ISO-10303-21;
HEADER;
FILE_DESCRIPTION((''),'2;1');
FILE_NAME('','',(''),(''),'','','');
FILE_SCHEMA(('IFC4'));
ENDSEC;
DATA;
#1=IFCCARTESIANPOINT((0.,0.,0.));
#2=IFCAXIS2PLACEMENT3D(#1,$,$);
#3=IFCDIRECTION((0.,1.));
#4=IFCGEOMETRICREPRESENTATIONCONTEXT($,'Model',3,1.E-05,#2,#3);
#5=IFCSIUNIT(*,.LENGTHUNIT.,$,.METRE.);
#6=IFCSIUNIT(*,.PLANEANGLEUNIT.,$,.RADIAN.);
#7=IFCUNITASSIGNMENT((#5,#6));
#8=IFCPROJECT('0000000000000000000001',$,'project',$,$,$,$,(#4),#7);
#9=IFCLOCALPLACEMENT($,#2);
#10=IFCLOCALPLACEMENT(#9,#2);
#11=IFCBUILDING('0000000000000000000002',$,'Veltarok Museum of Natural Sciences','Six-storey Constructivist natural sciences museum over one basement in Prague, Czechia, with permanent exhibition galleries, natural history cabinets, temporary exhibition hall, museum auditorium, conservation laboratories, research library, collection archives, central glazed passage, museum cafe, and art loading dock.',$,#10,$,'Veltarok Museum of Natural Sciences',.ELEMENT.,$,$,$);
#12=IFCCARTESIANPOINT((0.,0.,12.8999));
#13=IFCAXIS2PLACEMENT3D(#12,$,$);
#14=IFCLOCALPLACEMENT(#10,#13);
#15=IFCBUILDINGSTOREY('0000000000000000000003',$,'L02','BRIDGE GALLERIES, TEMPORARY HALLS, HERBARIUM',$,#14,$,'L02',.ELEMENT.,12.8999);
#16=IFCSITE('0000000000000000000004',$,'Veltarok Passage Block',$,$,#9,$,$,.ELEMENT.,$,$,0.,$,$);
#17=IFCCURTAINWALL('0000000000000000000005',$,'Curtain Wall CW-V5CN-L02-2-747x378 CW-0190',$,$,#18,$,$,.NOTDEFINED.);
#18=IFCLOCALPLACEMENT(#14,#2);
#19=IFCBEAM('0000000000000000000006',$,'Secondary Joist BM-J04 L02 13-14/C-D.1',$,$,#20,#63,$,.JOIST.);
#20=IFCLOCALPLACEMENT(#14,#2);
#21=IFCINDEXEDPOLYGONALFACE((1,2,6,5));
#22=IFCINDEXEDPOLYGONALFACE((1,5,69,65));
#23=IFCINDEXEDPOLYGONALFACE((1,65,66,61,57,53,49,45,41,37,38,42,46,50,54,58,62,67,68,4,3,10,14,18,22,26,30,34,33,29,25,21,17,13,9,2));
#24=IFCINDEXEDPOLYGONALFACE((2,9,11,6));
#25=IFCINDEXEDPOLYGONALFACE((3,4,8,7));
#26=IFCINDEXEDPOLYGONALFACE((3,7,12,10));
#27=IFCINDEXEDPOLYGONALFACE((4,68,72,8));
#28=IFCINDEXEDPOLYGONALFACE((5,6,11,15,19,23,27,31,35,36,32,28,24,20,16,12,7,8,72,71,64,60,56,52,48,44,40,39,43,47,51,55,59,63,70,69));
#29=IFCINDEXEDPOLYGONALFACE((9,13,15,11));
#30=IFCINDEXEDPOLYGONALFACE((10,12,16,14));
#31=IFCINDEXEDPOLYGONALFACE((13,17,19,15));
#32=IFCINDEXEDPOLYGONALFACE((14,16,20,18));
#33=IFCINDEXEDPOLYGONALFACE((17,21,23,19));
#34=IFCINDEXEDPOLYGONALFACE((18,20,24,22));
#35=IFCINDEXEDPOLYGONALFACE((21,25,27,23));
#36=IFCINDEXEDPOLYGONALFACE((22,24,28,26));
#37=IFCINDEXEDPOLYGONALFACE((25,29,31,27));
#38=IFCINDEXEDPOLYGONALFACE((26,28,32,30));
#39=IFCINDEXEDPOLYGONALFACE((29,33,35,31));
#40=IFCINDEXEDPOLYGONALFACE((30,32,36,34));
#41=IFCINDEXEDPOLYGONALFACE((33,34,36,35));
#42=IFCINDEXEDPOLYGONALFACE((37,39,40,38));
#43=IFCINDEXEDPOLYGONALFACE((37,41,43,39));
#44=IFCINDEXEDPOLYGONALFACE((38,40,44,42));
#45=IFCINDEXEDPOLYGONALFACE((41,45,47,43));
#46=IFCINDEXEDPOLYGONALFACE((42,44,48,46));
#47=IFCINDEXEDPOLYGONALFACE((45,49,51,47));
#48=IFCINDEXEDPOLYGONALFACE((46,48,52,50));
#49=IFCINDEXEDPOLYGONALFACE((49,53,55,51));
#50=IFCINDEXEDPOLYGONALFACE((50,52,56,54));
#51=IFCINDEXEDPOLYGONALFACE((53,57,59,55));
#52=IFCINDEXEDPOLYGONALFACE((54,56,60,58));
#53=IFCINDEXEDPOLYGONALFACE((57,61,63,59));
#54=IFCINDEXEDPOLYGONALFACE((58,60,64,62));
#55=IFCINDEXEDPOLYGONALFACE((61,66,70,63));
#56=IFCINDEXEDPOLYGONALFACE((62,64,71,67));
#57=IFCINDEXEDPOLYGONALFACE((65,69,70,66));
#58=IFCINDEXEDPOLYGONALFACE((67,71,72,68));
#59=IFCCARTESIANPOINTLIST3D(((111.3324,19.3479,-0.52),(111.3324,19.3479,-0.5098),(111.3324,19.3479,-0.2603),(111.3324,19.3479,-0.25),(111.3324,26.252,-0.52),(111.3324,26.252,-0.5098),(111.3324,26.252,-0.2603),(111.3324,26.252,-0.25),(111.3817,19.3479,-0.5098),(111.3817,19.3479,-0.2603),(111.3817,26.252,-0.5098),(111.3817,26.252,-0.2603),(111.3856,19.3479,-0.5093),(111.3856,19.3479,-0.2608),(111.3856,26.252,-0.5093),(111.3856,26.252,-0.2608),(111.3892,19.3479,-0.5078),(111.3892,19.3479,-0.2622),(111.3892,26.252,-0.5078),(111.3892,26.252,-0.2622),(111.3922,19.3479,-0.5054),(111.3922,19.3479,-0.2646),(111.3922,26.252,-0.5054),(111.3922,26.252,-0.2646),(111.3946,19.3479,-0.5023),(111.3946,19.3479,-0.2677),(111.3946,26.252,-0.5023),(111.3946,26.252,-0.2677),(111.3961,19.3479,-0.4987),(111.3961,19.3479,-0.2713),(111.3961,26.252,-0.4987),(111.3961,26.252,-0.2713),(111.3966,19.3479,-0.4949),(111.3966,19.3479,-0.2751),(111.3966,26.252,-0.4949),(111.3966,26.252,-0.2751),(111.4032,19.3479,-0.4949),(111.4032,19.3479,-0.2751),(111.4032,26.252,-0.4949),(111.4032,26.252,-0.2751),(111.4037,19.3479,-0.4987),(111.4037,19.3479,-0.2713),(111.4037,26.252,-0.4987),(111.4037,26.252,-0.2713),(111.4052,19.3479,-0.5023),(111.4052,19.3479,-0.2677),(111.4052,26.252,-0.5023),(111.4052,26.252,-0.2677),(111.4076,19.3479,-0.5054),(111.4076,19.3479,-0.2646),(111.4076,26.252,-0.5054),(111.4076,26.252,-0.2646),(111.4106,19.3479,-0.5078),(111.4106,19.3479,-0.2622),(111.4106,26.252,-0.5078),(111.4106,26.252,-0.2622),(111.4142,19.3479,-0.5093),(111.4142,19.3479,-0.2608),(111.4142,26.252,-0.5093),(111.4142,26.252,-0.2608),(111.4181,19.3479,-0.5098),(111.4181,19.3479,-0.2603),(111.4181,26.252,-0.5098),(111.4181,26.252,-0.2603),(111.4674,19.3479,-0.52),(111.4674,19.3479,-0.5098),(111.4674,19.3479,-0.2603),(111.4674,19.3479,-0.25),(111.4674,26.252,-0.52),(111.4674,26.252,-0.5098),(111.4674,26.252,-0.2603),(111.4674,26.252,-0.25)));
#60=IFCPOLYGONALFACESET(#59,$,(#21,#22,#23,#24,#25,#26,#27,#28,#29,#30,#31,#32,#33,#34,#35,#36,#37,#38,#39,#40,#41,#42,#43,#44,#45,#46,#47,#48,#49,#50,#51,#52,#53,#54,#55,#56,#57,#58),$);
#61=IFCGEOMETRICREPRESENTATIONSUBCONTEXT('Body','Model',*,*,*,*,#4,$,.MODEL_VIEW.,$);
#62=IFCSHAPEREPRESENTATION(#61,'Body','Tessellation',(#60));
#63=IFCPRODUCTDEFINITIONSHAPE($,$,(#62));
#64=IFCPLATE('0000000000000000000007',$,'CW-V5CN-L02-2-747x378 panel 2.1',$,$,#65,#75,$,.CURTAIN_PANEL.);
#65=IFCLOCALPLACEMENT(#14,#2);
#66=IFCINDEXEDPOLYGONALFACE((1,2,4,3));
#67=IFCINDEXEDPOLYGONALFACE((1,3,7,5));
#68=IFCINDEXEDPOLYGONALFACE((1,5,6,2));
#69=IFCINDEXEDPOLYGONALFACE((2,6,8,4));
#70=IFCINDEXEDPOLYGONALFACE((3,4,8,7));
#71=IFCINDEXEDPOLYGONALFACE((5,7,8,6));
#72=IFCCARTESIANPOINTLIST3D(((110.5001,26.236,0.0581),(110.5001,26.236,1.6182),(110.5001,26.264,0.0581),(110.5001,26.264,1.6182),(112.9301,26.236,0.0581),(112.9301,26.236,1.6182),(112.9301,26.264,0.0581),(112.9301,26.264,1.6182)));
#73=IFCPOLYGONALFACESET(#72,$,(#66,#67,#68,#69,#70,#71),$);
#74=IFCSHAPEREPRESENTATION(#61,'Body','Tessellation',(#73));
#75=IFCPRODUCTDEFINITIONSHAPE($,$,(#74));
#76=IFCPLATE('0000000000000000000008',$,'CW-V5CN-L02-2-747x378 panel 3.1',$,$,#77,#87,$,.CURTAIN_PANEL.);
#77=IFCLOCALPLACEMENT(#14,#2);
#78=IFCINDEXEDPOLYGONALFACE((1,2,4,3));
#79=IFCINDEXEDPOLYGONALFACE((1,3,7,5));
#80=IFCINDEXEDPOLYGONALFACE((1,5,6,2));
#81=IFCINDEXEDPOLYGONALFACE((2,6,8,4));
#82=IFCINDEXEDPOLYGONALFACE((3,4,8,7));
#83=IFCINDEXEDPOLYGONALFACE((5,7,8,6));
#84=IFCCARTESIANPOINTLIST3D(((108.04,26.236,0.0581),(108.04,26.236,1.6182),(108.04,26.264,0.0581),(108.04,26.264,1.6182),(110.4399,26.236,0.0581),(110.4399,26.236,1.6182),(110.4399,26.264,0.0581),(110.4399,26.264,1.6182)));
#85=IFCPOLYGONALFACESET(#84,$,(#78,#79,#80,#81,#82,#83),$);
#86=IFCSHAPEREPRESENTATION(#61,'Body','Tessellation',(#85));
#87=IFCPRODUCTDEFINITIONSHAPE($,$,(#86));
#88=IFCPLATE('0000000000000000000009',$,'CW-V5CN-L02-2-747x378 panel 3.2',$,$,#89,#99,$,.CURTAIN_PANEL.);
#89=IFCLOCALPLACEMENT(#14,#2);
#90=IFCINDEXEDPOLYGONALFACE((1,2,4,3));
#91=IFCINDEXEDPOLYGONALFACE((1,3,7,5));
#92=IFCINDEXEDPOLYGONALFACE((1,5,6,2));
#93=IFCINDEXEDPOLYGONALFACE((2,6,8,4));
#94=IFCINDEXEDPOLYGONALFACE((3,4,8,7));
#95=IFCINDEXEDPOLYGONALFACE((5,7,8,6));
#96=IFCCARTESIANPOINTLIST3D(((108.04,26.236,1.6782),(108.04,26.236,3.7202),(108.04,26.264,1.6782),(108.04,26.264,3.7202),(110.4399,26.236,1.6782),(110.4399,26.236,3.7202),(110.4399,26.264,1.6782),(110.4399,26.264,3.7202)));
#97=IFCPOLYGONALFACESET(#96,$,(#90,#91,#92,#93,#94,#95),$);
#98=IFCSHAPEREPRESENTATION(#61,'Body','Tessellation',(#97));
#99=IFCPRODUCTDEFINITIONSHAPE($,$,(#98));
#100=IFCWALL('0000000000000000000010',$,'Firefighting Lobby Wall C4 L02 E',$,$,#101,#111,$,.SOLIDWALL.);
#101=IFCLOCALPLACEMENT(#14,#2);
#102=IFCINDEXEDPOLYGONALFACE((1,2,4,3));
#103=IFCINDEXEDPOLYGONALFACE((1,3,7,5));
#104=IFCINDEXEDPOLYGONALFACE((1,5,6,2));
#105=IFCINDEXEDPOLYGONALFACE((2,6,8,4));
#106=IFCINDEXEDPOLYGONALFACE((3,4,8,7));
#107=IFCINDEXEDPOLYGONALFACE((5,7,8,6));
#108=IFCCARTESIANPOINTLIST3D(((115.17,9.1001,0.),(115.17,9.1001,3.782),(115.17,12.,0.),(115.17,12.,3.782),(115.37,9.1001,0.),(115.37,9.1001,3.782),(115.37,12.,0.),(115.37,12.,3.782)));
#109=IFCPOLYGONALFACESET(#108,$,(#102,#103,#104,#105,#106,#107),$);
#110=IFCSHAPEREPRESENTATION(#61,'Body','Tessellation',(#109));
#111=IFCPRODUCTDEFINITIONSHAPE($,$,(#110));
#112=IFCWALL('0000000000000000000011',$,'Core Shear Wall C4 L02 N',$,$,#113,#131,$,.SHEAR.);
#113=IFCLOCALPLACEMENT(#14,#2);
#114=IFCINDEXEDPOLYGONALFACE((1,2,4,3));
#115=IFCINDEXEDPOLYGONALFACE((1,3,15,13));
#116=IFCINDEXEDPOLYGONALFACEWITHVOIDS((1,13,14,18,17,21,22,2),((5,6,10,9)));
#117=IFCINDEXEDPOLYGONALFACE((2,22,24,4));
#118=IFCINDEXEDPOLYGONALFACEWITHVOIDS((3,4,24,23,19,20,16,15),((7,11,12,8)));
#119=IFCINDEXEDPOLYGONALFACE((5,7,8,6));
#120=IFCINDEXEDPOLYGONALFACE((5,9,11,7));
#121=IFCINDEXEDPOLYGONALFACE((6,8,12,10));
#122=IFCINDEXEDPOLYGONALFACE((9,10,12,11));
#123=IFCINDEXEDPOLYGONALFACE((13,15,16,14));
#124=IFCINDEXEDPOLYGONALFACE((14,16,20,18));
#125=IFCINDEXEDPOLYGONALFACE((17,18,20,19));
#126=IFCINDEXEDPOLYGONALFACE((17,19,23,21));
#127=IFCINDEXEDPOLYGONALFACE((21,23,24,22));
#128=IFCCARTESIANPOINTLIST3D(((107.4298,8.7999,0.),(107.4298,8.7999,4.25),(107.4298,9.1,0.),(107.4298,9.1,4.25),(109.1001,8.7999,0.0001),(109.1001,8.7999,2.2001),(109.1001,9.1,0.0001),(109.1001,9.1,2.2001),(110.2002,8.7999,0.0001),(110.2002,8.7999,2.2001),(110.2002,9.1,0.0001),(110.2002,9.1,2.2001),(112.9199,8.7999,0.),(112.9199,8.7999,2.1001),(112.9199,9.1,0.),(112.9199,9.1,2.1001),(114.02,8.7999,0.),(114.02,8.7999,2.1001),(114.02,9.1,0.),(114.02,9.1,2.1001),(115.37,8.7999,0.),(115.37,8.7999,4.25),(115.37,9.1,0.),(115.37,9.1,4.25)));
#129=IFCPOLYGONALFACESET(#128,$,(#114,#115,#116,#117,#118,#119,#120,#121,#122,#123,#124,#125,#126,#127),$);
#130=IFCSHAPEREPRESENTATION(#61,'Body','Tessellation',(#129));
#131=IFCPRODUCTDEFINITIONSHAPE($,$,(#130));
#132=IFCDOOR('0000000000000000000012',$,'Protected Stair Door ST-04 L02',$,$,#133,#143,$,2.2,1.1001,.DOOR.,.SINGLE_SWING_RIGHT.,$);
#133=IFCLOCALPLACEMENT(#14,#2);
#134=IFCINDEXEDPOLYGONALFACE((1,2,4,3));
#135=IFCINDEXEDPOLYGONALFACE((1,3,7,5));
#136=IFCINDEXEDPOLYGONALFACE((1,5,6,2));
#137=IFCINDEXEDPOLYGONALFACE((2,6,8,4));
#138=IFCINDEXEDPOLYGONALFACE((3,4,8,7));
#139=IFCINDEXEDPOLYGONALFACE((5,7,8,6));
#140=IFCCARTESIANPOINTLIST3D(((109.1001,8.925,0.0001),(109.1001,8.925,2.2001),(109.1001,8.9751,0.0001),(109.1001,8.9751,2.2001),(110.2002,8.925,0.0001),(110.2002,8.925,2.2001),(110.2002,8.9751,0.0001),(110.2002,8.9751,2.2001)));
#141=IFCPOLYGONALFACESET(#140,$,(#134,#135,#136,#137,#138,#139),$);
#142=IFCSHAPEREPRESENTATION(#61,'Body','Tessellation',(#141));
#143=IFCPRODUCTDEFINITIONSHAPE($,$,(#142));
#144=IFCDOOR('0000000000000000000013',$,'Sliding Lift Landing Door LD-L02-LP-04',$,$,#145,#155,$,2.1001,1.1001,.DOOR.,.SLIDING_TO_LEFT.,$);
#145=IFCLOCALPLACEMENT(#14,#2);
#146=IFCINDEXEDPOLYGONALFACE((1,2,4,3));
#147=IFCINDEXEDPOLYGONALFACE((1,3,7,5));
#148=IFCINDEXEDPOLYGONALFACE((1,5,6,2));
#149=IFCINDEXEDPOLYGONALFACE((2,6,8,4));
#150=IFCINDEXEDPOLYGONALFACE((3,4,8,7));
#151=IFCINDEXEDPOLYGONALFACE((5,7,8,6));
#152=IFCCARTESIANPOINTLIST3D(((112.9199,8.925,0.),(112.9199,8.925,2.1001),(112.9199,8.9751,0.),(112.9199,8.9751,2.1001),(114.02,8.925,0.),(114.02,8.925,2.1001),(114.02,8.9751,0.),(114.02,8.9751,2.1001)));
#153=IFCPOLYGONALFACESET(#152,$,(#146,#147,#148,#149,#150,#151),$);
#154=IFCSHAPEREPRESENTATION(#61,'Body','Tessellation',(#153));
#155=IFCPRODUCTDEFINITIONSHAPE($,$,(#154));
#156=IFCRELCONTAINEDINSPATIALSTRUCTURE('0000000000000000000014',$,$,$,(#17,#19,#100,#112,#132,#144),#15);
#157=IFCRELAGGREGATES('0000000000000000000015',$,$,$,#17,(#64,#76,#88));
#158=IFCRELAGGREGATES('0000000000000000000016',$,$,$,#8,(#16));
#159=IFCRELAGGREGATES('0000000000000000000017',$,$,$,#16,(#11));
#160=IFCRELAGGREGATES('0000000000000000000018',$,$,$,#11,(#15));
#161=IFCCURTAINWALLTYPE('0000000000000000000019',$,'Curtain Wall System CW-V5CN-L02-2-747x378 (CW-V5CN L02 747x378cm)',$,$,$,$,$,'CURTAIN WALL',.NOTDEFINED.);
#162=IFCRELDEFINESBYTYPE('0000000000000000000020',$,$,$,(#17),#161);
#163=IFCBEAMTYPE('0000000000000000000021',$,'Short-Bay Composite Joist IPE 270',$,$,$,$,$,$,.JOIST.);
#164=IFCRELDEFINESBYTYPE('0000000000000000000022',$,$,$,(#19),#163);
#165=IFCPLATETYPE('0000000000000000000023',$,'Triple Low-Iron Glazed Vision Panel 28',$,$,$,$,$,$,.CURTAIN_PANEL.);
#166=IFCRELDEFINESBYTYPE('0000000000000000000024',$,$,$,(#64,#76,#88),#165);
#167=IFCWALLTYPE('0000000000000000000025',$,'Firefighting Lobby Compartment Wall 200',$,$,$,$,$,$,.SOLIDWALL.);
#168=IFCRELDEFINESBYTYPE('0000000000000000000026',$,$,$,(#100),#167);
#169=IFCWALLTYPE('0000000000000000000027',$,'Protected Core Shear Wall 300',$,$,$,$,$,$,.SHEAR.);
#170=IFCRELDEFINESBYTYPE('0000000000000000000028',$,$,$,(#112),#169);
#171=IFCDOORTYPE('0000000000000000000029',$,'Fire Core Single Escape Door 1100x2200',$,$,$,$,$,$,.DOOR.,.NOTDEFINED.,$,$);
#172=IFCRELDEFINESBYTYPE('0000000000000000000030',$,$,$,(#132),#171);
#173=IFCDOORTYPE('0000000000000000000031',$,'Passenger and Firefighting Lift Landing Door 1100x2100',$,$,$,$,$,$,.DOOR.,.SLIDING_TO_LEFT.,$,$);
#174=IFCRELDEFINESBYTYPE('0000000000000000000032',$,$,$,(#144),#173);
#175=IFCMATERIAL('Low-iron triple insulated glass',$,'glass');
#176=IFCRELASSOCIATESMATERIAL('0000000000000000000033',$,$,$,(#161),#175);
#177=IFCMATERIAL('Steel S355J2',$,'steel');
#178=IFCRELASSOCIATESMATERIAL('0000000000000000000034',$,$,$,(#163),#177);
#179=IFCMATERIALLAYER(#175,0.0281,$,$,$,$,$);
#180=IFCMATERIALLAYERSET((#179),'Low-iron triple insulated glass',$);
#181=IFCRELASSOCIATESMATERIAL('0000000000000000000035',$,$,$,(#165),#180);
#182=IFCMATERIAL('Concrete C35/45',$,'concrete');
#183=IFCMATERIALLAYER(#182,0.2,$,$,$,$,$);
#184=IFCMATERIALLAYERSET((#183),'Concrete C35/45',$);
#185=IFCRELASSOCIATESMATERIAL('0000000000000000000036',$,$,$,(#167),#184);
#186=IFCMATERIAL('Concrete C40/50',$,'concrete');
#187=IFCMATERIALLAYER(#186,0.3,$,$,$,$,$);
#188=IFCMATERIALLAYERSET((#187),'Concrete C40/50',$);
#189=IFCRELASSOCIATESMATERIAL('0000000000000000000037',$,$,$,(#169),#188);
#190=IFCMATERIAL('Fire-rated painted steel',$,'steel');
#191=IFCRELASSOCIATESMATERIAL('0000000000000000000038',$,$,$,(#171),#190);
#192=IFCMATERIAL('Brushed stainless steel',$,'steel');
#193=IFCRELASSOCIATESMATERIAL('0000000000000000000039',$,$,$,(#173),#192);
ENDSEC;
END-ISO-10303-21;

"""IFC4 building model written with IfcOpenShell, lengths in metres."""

from ifc_helpers import new_model, si_unit, direction, frame, frame_2d, origin, origin_2d, place, context, subcontext, project, spatial, rectangle, i_section, extrude, material, layer, layer_set, material_profile, profile_set, type_object, element, fill, aggregate, save


model = new_model("IFC4")

# Units and contexts
model_context = context("Model", 3, precision=1e-05, world=origin(), true_north=direction((0.0, 1.0)))
body_context = subcontext(model_context, "Body", "Model", "MODEL_VIEW")
ifc_project = project(units=[si_unit("LENGTHUNIT", "METRE"), si_unit("PLANEANGLEUNIT", "RADIAN")], contexts=[model_context])

# Site, building, storey
site_placement = place(None, origin())
site = spatial("IfcSite", under=ifc_project, at=site_placement, Name="Veltarok Passage Block", CompositionType="ELEMENT", RefElevation=0.0)
building_placement = place(site_placement, origin())
building = spatial("IfcBuilding", under=site, at=building_placement, Name="Veltarok Museum of Natural Sciences", Description="Six-storey Constructivist natural sciences museum over one basement in Prague, Czechia, with permanent exhibition galleries, natural history cabinets, temporary exhibition hall, museum auditorium, conservation laboratories, research library, collection archives, central glazed passage, museum cafe, and art loading dock.", LongName="Veltarok Museum of Natural Sciences", CompositionType="ELEMENT")
storey_placement = place(building_placement, frame((0.0, 0.0, 12.8999)))
storey = spatial("IfcBuildingStorey", under=building, at=storey_placement, Name="L02", Description="BRIDGE GALLERIES, TEMPORARY HALLS, HERBARIUM", LongName="L02", CompositionType="ELEMENT", Elevation=12.8999)

# Shared definitions
ifc_material_1 = material(Name="Concrete C40/50", Category="concrete")

# Shared definitions
ifc_material_2 = material(Name="Steel S355J2", Category="steel")

# Curtain wall
ifc_material_3 = material(Name="Low-iron triple insulated glass", Category="glass")
curtain_wall_type = type_object("IfcCurtainWallType", Name="Curtain Wall System CW-V5CN-L02-2-747x378 (CW-V5CN L02 747x378cm)", ElementType="CURTAIN WALL", PredefinedType="NOTDEFINED", material=ifc_material_3)
curtain_wall_placement = place(storey_placement, origin())
curtain_wall = element("IfcCurtainWall", 1, at=curtain_wall_placement, inside=storey, type_object=curtain_wall_type, Name="Curtain Wall CW-V5CN-L02-2-747x378 CW-0190", PredefinedType="NOTDEFINED")

# Beam
ifc_material_profile_1 = material_profile(ifc_material_2, i_section(OverallWidth=0.135, OverallDepth=0.27, WebThickness=0.0066, FlangeThickness=0.0103, FilletRadius=0.0149, at=origin_2d()), Name="IPE 270")
ifc_profile_set_1 = profile_set([ifc_material_profile_1], Name="Steel S355J2")
beam_type_1 = type_object("IfcBeamType", Name="Short-Bay Composite Joist IPE 270", PredefinedType="JOIST", material=ifc_profile_set_1)
beam_1_placement = place(storey_placement, frame((111.3999, 19.3479, -0.385), z_axis=(0.0, 1.0, 0.0), x_axis=(-1.0, 0.0, 0.0)))
element("IfcBeam", 2, at=beam_1_placement, inside=storey, type_object=beam_type_1, Name="Secondary Joist BM-J04 L02 13-14/C-D.1", PredefinedType="JOIST", context=body_context, shape_type="SweptSolid", body=[
    extrude(i_section(OverallWidth=0.135, OverallDepth=0.27, WebThickness=0.0066, FlangeThickness=0.0103, FilletRadius=0.0149, at=origin_2d()), origin(), (0.0, 0.0, 1.0), 6.9041),
])

# Plates
ifc_layer_1 = layer(ifc_material_3, 0.0281)
ifc_layer_set_1 = layer_set([ifc_layer_1], Name="Low-iron triple insulated glass")
plate_type = type_object("IfcPlateType", Name="Triple Low-Iron Glazed Vision Panel 28", PredefinedType="CURTAIN_PANEL", material=ifc_layer_set_1)
plate_1_placement = place(storey_placement, frame((111.7151, 26.25, 0.0581), z_axis=(0.0, 0.0, 1.0), x_axis=(-1.0, 0.0, 0.0)))
plate_1 = element("IfcPlate", 3, at=plate_1_placement, type_object=plate_type, Name="CW-V5CN-L02-2-747x378 panel 2.1", PredefinedType="CURTAIN_PANEL", context=body_context, shape_type="SweptSolid", body=[
    extrude(rectangle(XDim=2.4299, YDim=0.0281, at=origin_2d()), origin(), (0.0, 0.0, 1.0), 1.5601),
])
plate_2_placement = place(storey_placement, frame((109.24, 26.25, 0.0581), z_axis=(0.0, 0.0, 1.0), x_axis=(-1.0, 0.0, 0.0)))
plate_2 = element("IfcPlate", 4, at=plate_2_placement, type_object=plate_type, Name="CW-V5CN-L02-2-747x378 panel 3.1", PredefinedType="CURTAIN_PANEL", context=body_context, shape_type="SweptSolid", body=[
    extrude(rectangle(XDim=2.3999, YDim=0.0281, at=origin_2d()), origin(), (0.0, 0.0, 1.0), 1.5601),
])
plate_3_placement = place(storey_placement, frame((109.24, 26.25, 1.6782), z_axis=(0.0, 0.0, 1.0), x_axis=(-1.0, 0.0, 0.0)))
plate_3 = element("IfcPlate", 5, at=plate_3_placement, type_object=plate_type, Name="CW-V5CN-L02-2-747x378 panel 3.2", PredefinedType="CURTAIN_PANEL", context=body_context, shape_type="SweptSolid", body=[
    extrude(rectangle(XDim=2.3999, YDim=0.0281, at=origin_2d()), origin(), (0.0, 0.0, 1.0), 2.042),
])
aggregate(curtain_wall, [plate_1, plate_2, plate_3])

# Wall
ifc_material_4 = material(Name="Concrete C35/45", Category="concrete")
ifc_layer_2 = layer(ifc_material_4, 0.2)
ifc_layer_set_2 = layer_set([ifc_layer_2], Name="Concrete C35/45")
wall_type_1 = type_object("IfcWallType", Name="Firefighting Lobby Compartment Wall 200", PredefinedType="SOLIDWALL", material=ifc_layer_set_2)
wall_1_placement = place(storey_placement, frame((115.27, 12.0, 0.0), z_axis=(0.0, 0.0, 1.0), x_axis=(0.0, -1.0, 0.0)))
element("IfcWall", 6, at=wall_1_placement, inside=storey, type_object=wall_type_1, Name="Firefighting Lobby Wall C4 L02 E", PredefinedType="SOLIDWALL", context=body_context, shape_type="SweptSolid", body=[
    extrude(rectangle(XDim=2.8999, YDim=0.2, at=frame_2d((1.45, 0.0))), origin(), (0.0, 0.0, 1.0), 3.782),
])

# Wall, openings, doors
ifc_layer_3 = layer(ifc_material_1, 0.3)
ifc_layer_set_3 = layer_set([ifc_layer_3], Name="Concrete C40/50")
wall_type_2 = type_object("IfcWallType", Name="Protected Core Shear Wall 300", PredefinedType="SHEAR", material=ifc_layer_set_3)
wall_2_placement = place(storey_placement, frame((115.3701, 8.95, 0.0), z_axis=(0.0, 0.0, 1.0), x_axis=(-1.0, 0.0, 0.0)))
wall_2 = element("IfcWall", 7, at=wall_2_placement, inside=storey, type_object=wall_type_2, Name="Core Shear Wall C4 L02 N", PredefinedType="SHEAR", context=body_context, shape_type="SweptSolid", body=[
    extrude(rectangle(XDim=7.9402, YDim=0.3, at=frame_2d((3.9702, 0.0))), origin(), (0.0, 0.0, 1.0), 4.25),
])
opening_1_placement = place(wall_2_placement, frame((5.1699, 0.0, 0.0)))
opening_1 = element("IfcOpeningElement", 8, at=opening_1_placement, cuts=wall_2, PredefinedType="OPENING", context=body_context, shape_type="SweptSolid", body=[
    extrude(rectangle(XDim=1.1001, YDim=2.2, at=frame_2d((0.55, 1.1001))), frame((0.0, 0.1602, 0.0), z_axis=(0.0, -1.0, 0.0), x_axis=(1.0, 0.0, 0.0)), (0.0, 0.0, 1.0), 0.3201),
])
opening_2_placement = place(wall_2_placement, frame((1.3501, 0.0, 0.0)))
opening_2 = element("IfcOpeningElement", 9, at=opening_2_placement, cuts=wall_2, PredefinedType="OPENING", context=body_context, shape_type="SweptSolid", body=[
    extrude(rectangle(XDim=1.1001, YDim=2.1001, at=frame_2d((0.55, 1.05))), frame((0.0, 0.1602, 0.0), z_axis=(0.0, -1.0, 0.0), x_axis=(1.0, 0.0, 0.0)), (0.0, 0.0, 1.0), 0.3201),
])
ifc_material_5 = material(Name="Fire-rated painted steel", Category="steel")
door_type_1 = type_object("IfcDoorType", Name="Fire Core Single Escape Door 1100x2200", OperationType="NOTDEFINED", PredefinedType="DOOR", material=ifc_material_5)
door_1_placement = place(opening_1_placement, origin())
door_1 = element("IfcDoor", 10, at=door_1_placement, inside=storey, type_object=door_type_1, Name="Protected Stair Door ST-04 L02", OperationType="SINGLE_SWING_RIGHT", OverallHeight=2.2, OverallWidth=1.1001, PredefinedType="DOOR", context=body_context, shape_type="SweptSolid", body=[
    extrude(rectangle(XDim=1.1001, YDim=2.2, at=frame_2d((0.55, 1.1001))), frame((0.0, 0.0249, 0.0), z_axis=(0.0, -1.0, 0.0), x_axis=(1.0, 0.0, 0.0)), (0.0, 0.0, 1.0), 0.05),
])
fill(opening_1, door_1)
ifc_material_6 = material(Name="Brushed stainless steel", Category="steel")
door_type_2 = type_object("IfcDoorType", Name="Passenger and Firefighting Lift Landing Door 1100x2100", OperationType="SLIDING_TO_LEFT", PredefinedType="DOOR", material=ifc_material_6)
door_2_placement = place(opening_2_placement, origin())
door_2 = element("IfcDoor", 11, at=door_2_placement, inside=storey, type_object=door_type_2, Name="Sliding Lift Landing Door LD-L02-LP-04", OperationType="SLIDING_TO_LEFT", OverallHeight=2.1001, OverallWidth=1.1001, PredefinedType="DOOR", context=body_context, shape_type="SweptSolid", body=[
    extrude(rectangle(XDim=1.1001, YDim=2.1001, at=frame_2d((0.55, 1.05))), frame((0.0, 0.0249, 0.0), z_axis=(0.0, -1.0, 0.0), x_axis=(1.0, 0.0, 0.0)), (0.0, 0.0, 1.0), 0.05),
])
fill(opening_2, door_2)

save(model, "model.ifc")
